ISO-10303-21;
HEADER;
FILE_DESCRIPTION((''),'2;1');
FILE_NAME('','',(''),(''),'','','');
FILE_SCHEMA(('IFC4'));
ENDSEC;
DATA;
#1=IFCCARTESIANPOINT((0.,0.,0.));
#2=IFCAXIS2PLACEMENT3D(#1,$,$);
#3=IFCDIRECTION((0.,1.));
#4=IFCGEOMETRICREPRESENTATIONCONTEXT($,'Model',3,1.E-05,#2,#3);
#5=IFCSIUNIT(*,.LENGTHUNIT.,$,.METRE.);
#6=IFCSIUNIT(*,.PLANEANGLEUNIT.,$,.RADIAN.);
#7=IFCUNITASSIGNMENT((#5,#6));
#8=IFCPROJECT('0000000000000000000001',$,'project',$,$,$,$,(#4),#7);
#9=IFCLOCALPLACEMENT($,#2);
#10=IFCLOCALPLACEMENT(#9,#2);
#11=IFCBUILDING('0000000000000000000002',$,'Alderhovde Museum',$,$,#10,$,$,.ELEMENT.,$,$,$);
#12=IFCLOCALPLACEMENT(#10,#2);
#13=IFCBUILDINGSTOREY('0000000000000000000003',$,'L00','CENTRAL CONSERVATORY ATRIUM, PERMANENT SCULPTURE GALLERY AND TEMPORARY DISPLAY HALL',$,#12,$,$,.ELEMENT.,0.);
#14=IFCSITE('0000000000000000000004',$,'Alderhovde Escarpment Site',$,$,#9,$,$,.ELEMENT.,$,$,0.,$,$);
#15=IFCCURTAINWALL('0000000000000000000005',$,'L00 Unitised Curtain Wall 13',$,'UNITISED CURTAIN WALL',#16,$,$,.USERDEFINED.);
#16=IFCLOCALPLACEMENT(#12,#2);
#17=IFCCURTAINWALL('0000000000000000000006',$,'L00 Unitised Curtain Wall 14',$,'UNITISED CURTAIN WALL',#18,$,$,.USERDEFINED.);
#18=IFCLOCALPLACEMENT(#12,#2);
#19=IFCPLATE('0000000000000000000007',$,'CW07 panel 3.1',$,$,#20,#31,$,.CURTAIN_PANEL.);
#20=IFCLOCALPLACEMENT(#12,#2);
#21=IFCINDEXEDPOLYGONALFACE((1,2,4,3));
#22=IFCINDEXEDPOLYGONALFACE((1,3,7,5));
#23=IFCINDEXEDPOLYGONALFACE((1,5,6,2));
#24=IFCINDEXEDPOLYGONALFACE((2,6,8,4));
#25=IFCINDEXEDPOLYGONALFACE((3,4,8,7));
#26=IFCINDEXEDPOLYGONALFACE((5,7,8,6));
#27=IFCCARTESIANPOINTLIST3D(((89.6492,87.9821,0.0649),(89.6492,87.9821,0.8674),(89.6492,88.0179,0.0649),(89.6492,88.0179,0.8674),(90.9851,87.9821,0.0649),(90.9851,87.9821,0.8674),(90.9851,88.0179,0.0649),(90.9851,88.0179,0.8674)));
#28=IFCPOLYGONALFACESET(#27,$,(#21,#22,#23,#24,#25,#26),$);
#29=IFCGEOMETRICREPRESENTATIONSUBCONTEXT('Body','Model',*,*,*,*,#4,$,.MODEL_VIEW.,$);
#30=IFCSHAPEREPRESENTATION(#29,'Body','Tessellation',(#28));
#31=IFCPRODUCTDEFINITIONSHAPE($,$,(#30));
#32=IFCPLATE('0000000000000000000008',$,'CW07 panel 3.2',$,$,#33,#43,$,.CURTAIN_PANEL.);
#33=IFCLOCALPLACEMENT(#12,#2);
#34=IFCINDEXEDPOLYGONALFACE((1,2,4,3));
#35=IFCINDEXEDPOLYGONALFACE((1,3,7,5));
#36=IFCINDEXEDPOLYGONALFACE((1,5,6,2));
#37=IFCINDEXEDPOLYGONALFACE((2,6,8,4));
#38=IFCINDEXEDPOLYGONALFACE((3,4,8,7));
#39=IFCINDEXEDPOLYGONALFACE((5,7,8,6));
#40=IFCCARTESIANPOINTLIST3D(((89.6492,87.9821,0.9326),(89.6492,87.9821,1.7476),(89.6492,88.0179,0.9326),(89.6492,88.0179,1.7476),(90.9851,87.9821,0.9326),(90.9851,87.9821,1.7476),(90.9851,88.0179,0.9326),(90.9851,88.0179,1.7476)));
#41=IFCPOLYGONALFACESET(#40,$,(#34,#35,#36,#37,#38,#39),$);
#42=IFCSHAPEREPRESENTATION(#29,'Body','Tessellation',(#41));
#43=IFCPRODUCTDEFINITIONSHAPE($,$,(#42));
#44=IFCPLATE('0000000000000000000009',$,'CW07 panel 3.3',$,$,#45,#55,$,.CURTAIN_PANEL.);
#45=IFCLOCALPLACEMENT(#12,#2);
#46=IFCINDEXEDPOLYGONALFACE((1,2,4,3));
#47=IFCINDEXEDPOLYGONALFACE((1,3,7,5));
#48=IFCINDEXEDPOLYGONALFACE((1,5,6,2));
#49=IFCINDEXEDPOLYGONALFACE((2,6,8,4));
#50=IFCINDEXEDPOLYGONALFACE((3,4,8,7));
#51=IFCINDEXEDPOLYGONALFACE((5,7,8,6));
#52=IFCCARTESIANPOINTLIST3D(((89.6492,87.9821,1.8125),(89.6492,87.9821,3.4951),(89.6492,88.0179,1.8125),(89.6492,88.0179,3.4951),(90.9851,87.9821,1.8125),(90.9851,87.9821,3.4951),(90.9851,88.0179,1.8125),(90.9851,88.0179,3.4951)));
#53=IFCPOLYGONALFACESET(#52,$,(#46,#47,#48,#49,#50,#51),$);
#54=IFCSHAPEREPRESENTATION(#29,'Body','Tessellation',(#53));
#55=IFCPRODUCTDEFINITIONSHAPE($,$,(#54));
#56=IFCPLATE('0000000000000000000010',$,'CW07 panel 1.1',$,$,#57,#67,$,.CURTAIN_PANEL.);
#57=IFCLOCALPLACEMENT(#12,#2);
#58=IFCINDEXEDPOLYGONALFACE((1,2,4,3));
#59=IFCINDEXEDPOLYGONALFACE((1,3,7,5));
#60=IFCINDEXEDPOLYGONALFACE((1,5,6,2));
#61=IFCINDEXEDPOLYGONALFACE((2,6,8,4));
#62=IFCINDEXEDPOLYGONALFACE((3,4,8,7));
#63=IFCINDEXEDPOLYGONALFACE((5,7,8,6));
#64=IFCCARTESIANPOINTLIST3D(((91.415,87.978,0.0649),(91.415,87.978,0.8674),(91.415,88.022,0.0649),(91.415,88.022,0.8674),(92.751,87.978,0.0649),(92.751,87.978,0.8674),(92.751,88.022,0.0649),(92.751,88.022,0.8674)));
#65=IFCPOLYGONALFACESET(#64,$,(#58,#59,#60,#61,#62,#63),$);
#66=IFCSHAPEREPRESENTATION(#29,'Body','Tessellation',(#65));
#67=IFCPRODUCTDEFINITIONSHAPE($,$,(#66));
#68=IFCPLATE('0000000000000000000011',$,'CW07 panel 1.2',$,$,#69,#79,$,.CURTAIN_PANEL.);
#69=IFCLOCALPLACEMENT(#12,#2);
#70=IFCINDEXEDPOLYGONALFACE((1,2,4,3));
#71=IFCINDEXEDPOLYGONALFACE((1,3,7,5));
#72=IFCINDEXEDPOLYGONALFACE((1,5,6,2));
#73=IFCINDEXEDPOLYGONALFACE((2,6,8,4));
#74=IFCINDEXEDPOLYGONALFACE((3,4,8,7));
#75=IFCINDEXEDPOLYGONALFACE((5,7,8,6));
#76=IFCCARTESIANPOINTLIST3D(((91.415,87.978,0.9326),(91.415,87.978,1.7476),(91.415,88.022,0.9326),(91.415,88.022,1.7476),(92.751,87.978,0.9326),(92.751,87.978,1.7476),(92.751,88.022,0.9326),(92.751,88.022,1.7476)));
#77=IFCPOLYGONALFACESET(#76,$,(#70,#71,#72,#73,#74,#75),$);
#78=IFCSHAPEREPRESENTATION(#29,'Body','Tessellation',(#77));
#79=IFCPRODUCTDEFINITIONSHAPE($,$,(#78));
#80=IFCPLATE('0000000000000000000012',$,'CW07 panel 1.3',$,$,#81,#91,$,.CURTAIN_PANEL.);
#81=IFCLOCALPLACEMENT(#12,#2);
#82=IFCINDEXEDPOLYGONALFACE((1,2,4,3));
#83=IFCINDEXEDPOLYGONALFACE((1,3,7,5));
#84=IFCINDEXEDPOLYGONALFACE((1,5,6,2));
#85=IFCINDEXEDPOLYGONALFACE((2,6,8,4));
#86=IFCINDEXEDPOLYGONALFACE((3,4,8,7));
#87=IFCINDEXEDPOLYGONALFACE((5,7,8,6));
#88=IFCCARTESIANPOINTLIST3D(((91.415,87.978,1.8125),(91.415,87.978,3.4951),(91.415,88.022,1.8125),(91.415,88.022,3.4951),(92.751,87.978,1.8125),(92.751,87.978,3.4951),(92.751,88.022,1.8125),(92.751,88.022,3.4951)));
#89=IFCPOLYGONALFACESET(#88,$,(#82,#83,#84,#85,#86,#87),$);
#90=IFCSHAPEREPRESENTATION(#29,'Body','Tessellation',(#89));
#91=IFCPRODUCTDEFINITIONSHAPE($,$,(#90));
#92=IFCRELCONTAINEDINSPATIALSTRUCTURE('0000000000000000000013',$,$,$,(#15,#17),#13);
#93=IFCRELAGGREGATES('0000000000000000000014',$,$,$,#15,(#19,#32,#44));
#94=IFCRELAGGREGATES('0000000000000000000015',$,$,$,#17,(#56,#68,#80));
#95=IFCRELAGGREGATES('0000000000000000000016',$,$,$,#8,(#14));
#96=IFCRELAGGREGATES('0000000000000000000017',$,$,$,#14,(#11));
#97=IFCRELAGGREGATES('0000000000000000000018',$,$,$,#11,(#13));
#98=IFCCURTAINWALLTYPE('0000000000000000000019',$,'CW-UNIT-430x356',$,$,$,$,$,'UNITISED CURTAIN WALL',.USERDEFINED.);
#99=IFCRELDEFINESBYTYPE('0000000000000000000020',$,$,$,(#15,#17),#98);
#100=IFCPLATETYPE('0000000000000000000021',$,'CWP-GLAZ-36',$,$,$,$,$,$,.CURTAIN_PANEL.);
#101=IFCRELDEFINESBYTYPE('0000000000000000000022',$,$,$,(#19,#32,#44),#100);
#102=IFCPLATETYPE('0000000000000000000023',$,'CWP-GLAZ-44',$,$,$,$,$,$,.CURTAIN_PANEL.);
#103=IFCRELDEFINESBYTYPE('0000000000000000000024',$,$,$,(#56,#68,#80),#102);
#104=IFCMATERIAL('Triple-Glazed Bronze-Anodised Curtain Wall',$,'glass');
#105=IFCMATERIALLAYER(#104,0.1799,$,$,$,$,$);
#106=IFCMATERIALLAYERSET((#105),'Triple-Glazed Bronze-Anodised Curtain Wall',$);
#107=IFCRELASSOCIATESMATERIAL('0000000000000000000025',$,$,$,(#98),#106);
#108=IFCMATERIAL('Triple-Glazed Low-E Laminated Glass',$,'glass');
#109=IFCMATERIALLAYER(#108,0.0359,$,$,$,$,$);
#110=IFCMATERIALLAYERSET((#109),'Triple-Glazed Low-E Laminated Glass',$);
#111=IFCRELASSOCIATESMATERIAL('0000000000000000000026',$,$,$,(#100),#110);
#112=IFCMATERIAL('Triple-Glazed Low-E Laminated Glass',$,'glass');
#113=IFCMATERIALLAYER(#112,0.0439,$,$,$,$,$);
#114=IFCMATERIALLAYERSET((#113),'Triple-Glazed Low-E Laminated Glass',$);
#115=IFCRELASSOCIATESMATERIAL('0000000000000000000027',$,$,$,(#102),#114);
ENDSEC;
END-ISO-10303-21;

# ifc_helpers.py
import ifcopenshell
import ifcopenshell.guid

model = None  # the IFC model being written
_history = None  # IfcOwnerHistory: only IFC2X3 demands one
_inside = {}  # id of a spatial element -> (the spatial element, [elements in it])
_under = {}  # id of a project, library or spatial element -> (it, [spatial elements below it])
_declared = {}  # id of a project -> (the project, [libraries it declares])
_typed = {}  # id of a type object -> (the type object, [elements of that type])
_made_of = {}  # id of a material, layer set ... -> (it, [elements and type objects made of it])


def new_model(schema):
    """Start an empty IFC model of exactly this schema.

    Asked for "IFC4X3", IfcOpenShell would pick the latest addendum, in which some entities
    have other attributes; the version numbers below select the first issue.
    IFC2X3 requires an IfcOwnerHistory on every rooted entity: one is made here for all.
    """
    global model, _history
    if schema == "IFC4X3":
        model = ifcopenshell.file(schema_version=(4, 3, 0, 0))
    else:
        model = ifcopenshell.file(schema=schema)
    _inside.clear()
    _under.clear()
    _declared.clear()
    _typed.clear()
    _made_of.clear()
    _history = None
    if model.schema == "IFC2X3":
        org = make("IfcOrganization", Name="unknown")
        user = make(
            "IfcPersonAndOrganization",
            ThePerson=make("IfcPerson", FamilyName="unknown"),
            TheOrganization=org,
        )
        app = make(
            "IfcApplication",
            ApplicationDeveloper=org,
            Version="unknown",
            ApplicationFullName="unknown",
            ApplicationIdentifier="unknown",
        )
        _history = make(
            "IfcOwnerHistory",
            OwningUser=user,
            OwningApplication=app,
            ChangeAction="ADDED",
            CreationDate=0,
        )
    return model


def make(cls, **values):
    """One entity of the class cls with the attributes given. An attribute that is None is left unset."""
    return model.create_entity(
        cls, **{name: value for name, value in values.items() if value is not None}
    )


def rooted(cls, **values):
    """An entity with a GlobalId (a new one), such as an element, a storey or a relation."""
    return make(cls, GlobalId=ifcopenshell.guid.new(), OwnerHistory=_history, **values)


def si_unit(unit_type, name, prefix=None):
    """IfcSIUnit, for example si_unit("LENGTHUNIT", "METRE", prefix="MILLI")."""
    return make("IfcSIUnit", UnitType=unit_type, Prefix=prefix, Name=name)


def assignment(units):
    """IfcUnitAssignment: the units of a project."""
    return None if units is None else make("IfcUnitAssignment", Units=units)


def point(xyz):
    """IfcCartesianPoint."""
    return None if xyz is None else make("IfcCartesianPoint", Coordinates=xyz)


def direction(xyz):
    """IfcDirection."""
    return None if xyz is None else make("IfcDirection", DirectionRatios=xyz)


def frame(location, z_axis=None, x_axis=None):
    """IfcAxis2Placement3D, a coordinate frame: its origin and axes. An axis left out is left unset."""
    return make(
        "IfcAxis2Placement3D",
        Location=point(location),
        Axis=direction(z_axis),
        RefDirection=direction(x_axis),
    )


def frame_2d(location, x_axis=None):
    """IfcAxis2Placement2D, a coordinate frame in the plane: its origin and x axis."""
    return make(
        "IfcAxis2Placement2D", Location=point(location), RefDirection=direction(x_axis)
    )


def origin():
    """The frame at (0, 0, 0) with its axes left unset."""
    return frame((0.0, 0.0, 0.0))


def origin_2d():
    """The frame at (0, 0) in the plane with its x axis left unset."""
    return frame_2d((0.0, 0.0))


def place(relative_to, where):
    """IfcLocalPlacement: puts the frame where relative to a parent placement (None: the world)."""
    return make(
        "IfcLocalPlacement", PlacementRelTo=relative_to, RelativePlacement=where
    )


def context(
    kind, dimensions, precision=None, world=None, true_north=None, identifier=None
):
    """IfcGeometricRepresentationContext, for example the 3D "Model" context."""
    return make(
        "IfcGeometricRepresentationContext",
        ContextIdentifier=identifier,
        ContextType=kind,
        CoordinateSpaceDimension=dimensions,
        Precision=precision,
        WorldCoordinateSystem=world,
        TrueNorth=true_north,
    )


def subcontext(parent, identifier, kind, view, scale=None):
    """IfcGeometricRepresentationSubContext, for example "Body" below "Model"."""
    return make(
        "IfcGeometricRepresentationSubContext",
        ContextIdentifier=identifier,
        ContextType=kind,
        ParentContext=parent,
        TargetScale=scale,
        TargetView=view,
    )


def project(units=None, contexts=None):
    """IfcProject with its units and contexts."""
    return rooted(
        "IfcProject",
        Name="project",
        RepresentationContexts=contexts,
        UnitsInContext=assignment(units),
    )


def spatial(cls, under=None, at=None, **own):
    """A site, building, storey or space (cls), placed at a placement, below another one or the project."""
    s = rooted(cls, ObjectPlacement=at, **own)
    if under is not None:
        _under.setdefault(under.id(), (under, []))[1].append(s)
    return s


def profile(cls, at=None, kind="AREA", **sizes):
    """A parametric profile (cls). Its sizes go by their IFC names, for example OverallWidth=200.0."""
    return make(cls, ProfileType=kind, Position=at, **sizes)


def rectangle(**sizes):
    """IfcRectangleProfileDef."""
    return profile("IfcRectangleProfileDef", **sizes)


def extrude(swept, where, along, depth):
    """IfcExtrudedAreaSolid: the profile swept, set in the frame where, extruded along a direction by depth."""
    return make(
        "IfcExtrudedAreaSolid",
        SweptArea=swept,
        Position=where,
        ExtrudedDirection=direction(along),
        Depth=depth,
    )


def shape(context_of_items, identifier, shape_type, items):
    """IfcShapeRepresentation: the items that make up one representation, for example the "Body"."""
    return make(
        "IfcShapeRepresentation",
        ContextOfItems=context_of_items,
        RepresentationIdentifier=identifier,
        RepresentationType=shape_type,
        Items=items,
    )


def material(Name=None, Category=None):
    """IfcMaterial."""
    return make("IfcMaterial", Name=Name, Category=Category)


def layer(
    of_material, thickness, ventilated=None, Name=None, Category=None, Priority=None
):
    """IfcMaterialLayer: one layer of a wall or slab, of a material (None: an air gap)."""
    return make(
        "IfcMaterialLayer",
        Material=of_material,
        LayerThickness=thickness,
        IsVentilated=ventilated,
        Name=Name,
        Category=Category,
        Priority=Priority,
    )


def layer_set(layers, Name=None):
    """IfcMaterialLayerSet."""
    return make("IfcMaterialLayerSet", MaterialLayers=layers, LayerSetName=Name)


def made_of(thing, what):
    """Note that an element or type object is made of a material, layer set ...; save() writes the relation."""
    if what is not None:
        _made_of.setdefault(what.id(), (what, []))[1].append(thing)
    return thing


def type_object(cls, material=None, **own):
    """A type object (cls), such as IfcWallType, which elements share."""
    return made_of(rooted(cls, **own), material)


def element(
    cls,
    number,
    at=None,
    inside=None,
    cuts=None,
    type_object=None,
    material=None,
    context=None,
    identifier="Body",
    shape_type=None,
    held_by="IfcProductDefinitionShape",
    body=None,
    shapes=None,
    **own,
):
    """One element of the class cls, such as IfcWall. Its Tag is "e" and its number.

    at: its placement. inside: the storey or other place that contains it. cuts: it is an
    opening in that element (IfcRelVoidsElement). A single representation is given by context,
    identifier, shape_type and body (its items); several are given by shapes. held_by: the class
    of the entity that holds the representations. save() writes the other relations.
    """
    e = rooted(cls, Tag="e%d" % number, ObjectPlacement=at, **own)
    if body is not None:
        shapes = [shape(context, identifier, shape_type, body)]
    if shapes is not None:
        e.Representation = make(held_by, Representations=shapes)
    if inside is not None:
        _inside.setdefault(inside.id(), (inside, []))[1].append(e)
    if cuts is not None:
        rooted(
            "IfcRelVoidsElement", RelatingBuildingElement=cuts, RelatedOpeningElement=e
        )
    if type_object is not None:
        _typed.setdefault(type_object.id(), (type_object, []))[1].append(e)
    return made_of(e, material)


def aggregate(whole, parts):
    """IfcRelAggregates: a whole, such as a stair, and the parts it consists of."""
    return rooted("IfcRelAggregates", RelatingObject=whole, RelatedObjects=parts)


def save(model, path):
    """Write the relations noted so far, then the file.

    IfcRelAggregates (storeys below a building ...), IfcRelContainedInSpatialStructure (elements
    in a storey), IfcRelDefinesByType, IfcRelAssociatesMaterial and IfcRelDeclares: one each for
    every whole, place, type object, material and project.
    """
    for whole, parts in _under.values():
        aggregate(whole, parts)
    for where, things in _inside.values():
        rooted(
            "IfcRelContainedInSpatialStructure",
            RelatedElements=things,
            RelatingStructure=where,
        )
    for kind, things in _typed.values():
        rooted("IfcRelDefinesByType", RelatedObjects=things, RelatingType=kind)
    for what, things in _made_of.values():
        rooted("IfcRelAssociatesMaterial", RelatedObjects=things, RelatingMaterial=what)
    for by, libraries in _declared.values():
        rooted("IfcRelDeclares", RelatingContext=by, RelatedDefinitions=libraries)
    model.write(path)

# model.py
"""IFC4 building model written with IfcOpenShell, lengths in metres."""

from ifc_helpers import new_model, si_unit, direction, frame, origin, origin_2d, place, context, subcontext, project, spatial, rectangle, extrude, material, layer, layer_set, type_object, element, aggregate, save


model = new_model("IFC4")

# Units and contexts
model_context = context("Model", 3, precision=1e-05, world=origin(), true_north=direction((0.0, 1.0)))
body_context = subcontext(model_context, "Body", "Model", "MODEL_VIEW")
ifc_project = project(units=[si_unit("LENGTHUNIT", "METRE"), si_unit("PLANEANGLEUNIT", "RADIAN")], contexts=[model_context])

# Site, building, storey
site_placement = place(None, origin())
site = spatial("IfcSite", under=ifc_project, at=site_placement, Name="Alderhovde Escarpment Site", CompositionType="ELEMENT", RefElevation=0.0)
building_placement = place(site_placement, origin())
building = spatial("IfcBuilding", under=site, at=building_placement, Name="Alderhovde Museum", CompositionType="ELEMENT")
storey_placement = place(building_placement, origin())
storey = spatial("IfcBuildingStorey", under=building, at=storey_placement, Name="L00", Description="CENTRAL CONSERVATORY ATRIUM, PERMANENT SCULPTURE GALLERY AND TEMPORARY DISPLAY HALL", CompositionType="ELEMENT", Elevation=0.0)

# Curtain walls
ifc_material_1 = material(Name="Triple-Glazed Bronze-Anodised Curtain Wall", Category="glass")
ifc_layer_1 = layer(ifc_material_1, 0.1799)
ifc_layer_set_1 = layer_set([ifc_layer_1], Name="Triple-Glazed Bronze-Anodised Curtain Wall")
curtain_wall_type = type_object("IfcCurtainWallType", Name="CW-UNIT-430x356", ElementType="UNITISED CURTAIN WALL", PredefinedType="USERDEFINED", material=ifc_layer_set_1)
curtain_wall_1_placement = place(storey_placement, origin())
curtain_wall_1 = element("IfcCurtainWall", 1, at=curtain_wall_1_placement, inside=storey, type_object=curtain_wall_type, Name="L00 Unitised Curtain Wall 13", ObjectType="UNITISED CURTAIN WALL", PredefinedType="USERDEFINED")
curtain_wall_2_placement = place(storey_placement, origin())
curtain_wall_2 = element("IfcCurtainWall", 2, at=curtain_wall_2_placement, inside=storey, type_object=curtain_wall_type, Name="L00 Unitised Curtain Wall 14", ObjectType="UNITISED CURTAIN WALL", PredefinedType="USERDEFINED")

# Plates
ifc_material_2 = material(Name="Triple-Glazed Low-E Laminated Glass", Category="glass")
ifc_layer_2 = layer(ifc_material_2, 0.0359)
ifc_layer_set_2 = layer_set([ifc_layer_2], Name="Triple-Glazed Low-E Laminated Glass")
plate_type_1 = type_object("IfcPlateType", Name="CWP-GLAZ-36", PredefinedType="CURTAIN_PANEL", material=ifc_layer_set_2)
plate_1_placement = place(storey_placement, frame((90.3171, 88.0, 0.0649), z_axis=(0.0, 0.0, 1.0), x_axis=(1.0, 0.0, 0.0)))
plate_1 = element("IfcPlate", 3, at=plate_1_placement, type_object=plate_type_1, Name="CW07 panel 3.1", PredefinedType="CURTAIN_PANEL", context=body_context, shape_type="SweptSolid", body=[
    extrude(rectangle(XDim=1.3359, YDim=0.0359, at=origin_2d()), origin(), (0.0, 0.0, 1.0), 0.8025),
])
plate_2_placement = place(storey_placement, frame((90.3171, 88.0, 0.9326), z_axis=(0.0, 0.0, 1.0), x_axis=(1.0, 0.0, 0.0)))
plate_2 = element("IfcPlate", 4, at=plate_2_placement, type_object=plate_type_1, Name="CW07 panel 3.2", PredefinedType="CURTAIN_PANEL", context=body_context, shape_type="SweptSolid", body=[
    extrude(rectangle(XDim=1.3359, YDim=0.0359, at=origin_2d()), origin(), (0.0, 0.0, 1.0), 0.8149),
])
plate_3_placement = place(storey_placement, frame((90.3171, 88.0, 1.8125), z_axis=(0.0, 0.0, 1.0), x_axis=(1.0, 0.0, 0.0)))
plate_3 = element("IfcPlate", 5, at=plate_3_placement, type_object=plate_type_1, Name="CW07 panel 3.3", PredefinedType="CURTAIN_PANEL", context=body_context, shape_type="SweptSolid", body=[
    extrude(rectangle(XDim=1.3359, YDim=0.0359, at=origin_2d()), origin(), (0.0, 0.0, 1.0), 1.6826),
])
aggregate(curtain_wall_1, [plate_1, plate_2, plate_3])
ifc_material_3 = material(Name="Triple-Glazed Low-E Laminated Glass", Category="glass")
ifc_layer_3 = layer(ifc_material_3, 0.0439)
ifc_layer_set_3 = layer_set([ifc_layer_3], Name="Triple-Glazed Low-E Laminated Glass")
plate_type_2 = type_object("IfcPlateType", Name="CWP-GLAZ-44", PredefinedType="CURTAIN_PANEL", material=ifc_layer_set_3)
plate_4_placement = place(storey_placement, frame((92.083, 88.0, 0.0649), z_axis=(0.0, 0.0, 1.0), x_axis=(1.0, 0.0, 0.0)))
plate_4 = element("IfcPlate", 6, at=plate_4_placement, type_object=plate_type_2, Name="CW07 panel 1.1", PredefinedType="CURTAIN_PANEL", context=body_context, shape_type="SweptSolid", body=[
    extrude(rectangle(XDim=1.3359, YDim=0.0439, at=origin_2d()), origin(), (0.0, 0.0, 1.0), 0.8025),
])
plate_5_placement = place(storey_placement, frame((92.083, 88.0, 0.9326), z_axis=(0.0, 0.0, 1.0), x_axis=(1.0, 0.0, 0.0)))
plate_5 = element("IfcPlate", 7, at=plate_5_placement, type_object=plate_type_2, Name="CW07 panel 1.2", PredefinedType="CURTAIN_PANEL", context=body_context, shape_type="SweptSolid", body=[
    extrude(rectangle(XDim=1.3359, YDim=0.0439, at=origin_2d()), origin(), (0.0, 0.0, 1.0), 0.8149),
])
plate_6_placement = place(storey_placement, frame((92.083, 88.0, 1.8125), z_axis=(0.0, 0.0, 1.0), x_axis=(1.0, 0.0, 0.0)))
plate_6 = element("IfcPlate", 8, at=plate_6_placement, type_object=plate_type_2, Name="CW07 panel 1.3", PredefinedType="CURTAIN_PANEL", context=body_context, shape_type="SweptSolid", body=[
    extrude(rectangle(XDim=1.3359, YDim=0.0439, at=origin_2d()), origin(), (0.0, 0.0, 1.0), 1.6826),
])
aggregate(curtain_wall_2, [plate_4, plate_5, plate_6])

save(model, "model.ifc")
